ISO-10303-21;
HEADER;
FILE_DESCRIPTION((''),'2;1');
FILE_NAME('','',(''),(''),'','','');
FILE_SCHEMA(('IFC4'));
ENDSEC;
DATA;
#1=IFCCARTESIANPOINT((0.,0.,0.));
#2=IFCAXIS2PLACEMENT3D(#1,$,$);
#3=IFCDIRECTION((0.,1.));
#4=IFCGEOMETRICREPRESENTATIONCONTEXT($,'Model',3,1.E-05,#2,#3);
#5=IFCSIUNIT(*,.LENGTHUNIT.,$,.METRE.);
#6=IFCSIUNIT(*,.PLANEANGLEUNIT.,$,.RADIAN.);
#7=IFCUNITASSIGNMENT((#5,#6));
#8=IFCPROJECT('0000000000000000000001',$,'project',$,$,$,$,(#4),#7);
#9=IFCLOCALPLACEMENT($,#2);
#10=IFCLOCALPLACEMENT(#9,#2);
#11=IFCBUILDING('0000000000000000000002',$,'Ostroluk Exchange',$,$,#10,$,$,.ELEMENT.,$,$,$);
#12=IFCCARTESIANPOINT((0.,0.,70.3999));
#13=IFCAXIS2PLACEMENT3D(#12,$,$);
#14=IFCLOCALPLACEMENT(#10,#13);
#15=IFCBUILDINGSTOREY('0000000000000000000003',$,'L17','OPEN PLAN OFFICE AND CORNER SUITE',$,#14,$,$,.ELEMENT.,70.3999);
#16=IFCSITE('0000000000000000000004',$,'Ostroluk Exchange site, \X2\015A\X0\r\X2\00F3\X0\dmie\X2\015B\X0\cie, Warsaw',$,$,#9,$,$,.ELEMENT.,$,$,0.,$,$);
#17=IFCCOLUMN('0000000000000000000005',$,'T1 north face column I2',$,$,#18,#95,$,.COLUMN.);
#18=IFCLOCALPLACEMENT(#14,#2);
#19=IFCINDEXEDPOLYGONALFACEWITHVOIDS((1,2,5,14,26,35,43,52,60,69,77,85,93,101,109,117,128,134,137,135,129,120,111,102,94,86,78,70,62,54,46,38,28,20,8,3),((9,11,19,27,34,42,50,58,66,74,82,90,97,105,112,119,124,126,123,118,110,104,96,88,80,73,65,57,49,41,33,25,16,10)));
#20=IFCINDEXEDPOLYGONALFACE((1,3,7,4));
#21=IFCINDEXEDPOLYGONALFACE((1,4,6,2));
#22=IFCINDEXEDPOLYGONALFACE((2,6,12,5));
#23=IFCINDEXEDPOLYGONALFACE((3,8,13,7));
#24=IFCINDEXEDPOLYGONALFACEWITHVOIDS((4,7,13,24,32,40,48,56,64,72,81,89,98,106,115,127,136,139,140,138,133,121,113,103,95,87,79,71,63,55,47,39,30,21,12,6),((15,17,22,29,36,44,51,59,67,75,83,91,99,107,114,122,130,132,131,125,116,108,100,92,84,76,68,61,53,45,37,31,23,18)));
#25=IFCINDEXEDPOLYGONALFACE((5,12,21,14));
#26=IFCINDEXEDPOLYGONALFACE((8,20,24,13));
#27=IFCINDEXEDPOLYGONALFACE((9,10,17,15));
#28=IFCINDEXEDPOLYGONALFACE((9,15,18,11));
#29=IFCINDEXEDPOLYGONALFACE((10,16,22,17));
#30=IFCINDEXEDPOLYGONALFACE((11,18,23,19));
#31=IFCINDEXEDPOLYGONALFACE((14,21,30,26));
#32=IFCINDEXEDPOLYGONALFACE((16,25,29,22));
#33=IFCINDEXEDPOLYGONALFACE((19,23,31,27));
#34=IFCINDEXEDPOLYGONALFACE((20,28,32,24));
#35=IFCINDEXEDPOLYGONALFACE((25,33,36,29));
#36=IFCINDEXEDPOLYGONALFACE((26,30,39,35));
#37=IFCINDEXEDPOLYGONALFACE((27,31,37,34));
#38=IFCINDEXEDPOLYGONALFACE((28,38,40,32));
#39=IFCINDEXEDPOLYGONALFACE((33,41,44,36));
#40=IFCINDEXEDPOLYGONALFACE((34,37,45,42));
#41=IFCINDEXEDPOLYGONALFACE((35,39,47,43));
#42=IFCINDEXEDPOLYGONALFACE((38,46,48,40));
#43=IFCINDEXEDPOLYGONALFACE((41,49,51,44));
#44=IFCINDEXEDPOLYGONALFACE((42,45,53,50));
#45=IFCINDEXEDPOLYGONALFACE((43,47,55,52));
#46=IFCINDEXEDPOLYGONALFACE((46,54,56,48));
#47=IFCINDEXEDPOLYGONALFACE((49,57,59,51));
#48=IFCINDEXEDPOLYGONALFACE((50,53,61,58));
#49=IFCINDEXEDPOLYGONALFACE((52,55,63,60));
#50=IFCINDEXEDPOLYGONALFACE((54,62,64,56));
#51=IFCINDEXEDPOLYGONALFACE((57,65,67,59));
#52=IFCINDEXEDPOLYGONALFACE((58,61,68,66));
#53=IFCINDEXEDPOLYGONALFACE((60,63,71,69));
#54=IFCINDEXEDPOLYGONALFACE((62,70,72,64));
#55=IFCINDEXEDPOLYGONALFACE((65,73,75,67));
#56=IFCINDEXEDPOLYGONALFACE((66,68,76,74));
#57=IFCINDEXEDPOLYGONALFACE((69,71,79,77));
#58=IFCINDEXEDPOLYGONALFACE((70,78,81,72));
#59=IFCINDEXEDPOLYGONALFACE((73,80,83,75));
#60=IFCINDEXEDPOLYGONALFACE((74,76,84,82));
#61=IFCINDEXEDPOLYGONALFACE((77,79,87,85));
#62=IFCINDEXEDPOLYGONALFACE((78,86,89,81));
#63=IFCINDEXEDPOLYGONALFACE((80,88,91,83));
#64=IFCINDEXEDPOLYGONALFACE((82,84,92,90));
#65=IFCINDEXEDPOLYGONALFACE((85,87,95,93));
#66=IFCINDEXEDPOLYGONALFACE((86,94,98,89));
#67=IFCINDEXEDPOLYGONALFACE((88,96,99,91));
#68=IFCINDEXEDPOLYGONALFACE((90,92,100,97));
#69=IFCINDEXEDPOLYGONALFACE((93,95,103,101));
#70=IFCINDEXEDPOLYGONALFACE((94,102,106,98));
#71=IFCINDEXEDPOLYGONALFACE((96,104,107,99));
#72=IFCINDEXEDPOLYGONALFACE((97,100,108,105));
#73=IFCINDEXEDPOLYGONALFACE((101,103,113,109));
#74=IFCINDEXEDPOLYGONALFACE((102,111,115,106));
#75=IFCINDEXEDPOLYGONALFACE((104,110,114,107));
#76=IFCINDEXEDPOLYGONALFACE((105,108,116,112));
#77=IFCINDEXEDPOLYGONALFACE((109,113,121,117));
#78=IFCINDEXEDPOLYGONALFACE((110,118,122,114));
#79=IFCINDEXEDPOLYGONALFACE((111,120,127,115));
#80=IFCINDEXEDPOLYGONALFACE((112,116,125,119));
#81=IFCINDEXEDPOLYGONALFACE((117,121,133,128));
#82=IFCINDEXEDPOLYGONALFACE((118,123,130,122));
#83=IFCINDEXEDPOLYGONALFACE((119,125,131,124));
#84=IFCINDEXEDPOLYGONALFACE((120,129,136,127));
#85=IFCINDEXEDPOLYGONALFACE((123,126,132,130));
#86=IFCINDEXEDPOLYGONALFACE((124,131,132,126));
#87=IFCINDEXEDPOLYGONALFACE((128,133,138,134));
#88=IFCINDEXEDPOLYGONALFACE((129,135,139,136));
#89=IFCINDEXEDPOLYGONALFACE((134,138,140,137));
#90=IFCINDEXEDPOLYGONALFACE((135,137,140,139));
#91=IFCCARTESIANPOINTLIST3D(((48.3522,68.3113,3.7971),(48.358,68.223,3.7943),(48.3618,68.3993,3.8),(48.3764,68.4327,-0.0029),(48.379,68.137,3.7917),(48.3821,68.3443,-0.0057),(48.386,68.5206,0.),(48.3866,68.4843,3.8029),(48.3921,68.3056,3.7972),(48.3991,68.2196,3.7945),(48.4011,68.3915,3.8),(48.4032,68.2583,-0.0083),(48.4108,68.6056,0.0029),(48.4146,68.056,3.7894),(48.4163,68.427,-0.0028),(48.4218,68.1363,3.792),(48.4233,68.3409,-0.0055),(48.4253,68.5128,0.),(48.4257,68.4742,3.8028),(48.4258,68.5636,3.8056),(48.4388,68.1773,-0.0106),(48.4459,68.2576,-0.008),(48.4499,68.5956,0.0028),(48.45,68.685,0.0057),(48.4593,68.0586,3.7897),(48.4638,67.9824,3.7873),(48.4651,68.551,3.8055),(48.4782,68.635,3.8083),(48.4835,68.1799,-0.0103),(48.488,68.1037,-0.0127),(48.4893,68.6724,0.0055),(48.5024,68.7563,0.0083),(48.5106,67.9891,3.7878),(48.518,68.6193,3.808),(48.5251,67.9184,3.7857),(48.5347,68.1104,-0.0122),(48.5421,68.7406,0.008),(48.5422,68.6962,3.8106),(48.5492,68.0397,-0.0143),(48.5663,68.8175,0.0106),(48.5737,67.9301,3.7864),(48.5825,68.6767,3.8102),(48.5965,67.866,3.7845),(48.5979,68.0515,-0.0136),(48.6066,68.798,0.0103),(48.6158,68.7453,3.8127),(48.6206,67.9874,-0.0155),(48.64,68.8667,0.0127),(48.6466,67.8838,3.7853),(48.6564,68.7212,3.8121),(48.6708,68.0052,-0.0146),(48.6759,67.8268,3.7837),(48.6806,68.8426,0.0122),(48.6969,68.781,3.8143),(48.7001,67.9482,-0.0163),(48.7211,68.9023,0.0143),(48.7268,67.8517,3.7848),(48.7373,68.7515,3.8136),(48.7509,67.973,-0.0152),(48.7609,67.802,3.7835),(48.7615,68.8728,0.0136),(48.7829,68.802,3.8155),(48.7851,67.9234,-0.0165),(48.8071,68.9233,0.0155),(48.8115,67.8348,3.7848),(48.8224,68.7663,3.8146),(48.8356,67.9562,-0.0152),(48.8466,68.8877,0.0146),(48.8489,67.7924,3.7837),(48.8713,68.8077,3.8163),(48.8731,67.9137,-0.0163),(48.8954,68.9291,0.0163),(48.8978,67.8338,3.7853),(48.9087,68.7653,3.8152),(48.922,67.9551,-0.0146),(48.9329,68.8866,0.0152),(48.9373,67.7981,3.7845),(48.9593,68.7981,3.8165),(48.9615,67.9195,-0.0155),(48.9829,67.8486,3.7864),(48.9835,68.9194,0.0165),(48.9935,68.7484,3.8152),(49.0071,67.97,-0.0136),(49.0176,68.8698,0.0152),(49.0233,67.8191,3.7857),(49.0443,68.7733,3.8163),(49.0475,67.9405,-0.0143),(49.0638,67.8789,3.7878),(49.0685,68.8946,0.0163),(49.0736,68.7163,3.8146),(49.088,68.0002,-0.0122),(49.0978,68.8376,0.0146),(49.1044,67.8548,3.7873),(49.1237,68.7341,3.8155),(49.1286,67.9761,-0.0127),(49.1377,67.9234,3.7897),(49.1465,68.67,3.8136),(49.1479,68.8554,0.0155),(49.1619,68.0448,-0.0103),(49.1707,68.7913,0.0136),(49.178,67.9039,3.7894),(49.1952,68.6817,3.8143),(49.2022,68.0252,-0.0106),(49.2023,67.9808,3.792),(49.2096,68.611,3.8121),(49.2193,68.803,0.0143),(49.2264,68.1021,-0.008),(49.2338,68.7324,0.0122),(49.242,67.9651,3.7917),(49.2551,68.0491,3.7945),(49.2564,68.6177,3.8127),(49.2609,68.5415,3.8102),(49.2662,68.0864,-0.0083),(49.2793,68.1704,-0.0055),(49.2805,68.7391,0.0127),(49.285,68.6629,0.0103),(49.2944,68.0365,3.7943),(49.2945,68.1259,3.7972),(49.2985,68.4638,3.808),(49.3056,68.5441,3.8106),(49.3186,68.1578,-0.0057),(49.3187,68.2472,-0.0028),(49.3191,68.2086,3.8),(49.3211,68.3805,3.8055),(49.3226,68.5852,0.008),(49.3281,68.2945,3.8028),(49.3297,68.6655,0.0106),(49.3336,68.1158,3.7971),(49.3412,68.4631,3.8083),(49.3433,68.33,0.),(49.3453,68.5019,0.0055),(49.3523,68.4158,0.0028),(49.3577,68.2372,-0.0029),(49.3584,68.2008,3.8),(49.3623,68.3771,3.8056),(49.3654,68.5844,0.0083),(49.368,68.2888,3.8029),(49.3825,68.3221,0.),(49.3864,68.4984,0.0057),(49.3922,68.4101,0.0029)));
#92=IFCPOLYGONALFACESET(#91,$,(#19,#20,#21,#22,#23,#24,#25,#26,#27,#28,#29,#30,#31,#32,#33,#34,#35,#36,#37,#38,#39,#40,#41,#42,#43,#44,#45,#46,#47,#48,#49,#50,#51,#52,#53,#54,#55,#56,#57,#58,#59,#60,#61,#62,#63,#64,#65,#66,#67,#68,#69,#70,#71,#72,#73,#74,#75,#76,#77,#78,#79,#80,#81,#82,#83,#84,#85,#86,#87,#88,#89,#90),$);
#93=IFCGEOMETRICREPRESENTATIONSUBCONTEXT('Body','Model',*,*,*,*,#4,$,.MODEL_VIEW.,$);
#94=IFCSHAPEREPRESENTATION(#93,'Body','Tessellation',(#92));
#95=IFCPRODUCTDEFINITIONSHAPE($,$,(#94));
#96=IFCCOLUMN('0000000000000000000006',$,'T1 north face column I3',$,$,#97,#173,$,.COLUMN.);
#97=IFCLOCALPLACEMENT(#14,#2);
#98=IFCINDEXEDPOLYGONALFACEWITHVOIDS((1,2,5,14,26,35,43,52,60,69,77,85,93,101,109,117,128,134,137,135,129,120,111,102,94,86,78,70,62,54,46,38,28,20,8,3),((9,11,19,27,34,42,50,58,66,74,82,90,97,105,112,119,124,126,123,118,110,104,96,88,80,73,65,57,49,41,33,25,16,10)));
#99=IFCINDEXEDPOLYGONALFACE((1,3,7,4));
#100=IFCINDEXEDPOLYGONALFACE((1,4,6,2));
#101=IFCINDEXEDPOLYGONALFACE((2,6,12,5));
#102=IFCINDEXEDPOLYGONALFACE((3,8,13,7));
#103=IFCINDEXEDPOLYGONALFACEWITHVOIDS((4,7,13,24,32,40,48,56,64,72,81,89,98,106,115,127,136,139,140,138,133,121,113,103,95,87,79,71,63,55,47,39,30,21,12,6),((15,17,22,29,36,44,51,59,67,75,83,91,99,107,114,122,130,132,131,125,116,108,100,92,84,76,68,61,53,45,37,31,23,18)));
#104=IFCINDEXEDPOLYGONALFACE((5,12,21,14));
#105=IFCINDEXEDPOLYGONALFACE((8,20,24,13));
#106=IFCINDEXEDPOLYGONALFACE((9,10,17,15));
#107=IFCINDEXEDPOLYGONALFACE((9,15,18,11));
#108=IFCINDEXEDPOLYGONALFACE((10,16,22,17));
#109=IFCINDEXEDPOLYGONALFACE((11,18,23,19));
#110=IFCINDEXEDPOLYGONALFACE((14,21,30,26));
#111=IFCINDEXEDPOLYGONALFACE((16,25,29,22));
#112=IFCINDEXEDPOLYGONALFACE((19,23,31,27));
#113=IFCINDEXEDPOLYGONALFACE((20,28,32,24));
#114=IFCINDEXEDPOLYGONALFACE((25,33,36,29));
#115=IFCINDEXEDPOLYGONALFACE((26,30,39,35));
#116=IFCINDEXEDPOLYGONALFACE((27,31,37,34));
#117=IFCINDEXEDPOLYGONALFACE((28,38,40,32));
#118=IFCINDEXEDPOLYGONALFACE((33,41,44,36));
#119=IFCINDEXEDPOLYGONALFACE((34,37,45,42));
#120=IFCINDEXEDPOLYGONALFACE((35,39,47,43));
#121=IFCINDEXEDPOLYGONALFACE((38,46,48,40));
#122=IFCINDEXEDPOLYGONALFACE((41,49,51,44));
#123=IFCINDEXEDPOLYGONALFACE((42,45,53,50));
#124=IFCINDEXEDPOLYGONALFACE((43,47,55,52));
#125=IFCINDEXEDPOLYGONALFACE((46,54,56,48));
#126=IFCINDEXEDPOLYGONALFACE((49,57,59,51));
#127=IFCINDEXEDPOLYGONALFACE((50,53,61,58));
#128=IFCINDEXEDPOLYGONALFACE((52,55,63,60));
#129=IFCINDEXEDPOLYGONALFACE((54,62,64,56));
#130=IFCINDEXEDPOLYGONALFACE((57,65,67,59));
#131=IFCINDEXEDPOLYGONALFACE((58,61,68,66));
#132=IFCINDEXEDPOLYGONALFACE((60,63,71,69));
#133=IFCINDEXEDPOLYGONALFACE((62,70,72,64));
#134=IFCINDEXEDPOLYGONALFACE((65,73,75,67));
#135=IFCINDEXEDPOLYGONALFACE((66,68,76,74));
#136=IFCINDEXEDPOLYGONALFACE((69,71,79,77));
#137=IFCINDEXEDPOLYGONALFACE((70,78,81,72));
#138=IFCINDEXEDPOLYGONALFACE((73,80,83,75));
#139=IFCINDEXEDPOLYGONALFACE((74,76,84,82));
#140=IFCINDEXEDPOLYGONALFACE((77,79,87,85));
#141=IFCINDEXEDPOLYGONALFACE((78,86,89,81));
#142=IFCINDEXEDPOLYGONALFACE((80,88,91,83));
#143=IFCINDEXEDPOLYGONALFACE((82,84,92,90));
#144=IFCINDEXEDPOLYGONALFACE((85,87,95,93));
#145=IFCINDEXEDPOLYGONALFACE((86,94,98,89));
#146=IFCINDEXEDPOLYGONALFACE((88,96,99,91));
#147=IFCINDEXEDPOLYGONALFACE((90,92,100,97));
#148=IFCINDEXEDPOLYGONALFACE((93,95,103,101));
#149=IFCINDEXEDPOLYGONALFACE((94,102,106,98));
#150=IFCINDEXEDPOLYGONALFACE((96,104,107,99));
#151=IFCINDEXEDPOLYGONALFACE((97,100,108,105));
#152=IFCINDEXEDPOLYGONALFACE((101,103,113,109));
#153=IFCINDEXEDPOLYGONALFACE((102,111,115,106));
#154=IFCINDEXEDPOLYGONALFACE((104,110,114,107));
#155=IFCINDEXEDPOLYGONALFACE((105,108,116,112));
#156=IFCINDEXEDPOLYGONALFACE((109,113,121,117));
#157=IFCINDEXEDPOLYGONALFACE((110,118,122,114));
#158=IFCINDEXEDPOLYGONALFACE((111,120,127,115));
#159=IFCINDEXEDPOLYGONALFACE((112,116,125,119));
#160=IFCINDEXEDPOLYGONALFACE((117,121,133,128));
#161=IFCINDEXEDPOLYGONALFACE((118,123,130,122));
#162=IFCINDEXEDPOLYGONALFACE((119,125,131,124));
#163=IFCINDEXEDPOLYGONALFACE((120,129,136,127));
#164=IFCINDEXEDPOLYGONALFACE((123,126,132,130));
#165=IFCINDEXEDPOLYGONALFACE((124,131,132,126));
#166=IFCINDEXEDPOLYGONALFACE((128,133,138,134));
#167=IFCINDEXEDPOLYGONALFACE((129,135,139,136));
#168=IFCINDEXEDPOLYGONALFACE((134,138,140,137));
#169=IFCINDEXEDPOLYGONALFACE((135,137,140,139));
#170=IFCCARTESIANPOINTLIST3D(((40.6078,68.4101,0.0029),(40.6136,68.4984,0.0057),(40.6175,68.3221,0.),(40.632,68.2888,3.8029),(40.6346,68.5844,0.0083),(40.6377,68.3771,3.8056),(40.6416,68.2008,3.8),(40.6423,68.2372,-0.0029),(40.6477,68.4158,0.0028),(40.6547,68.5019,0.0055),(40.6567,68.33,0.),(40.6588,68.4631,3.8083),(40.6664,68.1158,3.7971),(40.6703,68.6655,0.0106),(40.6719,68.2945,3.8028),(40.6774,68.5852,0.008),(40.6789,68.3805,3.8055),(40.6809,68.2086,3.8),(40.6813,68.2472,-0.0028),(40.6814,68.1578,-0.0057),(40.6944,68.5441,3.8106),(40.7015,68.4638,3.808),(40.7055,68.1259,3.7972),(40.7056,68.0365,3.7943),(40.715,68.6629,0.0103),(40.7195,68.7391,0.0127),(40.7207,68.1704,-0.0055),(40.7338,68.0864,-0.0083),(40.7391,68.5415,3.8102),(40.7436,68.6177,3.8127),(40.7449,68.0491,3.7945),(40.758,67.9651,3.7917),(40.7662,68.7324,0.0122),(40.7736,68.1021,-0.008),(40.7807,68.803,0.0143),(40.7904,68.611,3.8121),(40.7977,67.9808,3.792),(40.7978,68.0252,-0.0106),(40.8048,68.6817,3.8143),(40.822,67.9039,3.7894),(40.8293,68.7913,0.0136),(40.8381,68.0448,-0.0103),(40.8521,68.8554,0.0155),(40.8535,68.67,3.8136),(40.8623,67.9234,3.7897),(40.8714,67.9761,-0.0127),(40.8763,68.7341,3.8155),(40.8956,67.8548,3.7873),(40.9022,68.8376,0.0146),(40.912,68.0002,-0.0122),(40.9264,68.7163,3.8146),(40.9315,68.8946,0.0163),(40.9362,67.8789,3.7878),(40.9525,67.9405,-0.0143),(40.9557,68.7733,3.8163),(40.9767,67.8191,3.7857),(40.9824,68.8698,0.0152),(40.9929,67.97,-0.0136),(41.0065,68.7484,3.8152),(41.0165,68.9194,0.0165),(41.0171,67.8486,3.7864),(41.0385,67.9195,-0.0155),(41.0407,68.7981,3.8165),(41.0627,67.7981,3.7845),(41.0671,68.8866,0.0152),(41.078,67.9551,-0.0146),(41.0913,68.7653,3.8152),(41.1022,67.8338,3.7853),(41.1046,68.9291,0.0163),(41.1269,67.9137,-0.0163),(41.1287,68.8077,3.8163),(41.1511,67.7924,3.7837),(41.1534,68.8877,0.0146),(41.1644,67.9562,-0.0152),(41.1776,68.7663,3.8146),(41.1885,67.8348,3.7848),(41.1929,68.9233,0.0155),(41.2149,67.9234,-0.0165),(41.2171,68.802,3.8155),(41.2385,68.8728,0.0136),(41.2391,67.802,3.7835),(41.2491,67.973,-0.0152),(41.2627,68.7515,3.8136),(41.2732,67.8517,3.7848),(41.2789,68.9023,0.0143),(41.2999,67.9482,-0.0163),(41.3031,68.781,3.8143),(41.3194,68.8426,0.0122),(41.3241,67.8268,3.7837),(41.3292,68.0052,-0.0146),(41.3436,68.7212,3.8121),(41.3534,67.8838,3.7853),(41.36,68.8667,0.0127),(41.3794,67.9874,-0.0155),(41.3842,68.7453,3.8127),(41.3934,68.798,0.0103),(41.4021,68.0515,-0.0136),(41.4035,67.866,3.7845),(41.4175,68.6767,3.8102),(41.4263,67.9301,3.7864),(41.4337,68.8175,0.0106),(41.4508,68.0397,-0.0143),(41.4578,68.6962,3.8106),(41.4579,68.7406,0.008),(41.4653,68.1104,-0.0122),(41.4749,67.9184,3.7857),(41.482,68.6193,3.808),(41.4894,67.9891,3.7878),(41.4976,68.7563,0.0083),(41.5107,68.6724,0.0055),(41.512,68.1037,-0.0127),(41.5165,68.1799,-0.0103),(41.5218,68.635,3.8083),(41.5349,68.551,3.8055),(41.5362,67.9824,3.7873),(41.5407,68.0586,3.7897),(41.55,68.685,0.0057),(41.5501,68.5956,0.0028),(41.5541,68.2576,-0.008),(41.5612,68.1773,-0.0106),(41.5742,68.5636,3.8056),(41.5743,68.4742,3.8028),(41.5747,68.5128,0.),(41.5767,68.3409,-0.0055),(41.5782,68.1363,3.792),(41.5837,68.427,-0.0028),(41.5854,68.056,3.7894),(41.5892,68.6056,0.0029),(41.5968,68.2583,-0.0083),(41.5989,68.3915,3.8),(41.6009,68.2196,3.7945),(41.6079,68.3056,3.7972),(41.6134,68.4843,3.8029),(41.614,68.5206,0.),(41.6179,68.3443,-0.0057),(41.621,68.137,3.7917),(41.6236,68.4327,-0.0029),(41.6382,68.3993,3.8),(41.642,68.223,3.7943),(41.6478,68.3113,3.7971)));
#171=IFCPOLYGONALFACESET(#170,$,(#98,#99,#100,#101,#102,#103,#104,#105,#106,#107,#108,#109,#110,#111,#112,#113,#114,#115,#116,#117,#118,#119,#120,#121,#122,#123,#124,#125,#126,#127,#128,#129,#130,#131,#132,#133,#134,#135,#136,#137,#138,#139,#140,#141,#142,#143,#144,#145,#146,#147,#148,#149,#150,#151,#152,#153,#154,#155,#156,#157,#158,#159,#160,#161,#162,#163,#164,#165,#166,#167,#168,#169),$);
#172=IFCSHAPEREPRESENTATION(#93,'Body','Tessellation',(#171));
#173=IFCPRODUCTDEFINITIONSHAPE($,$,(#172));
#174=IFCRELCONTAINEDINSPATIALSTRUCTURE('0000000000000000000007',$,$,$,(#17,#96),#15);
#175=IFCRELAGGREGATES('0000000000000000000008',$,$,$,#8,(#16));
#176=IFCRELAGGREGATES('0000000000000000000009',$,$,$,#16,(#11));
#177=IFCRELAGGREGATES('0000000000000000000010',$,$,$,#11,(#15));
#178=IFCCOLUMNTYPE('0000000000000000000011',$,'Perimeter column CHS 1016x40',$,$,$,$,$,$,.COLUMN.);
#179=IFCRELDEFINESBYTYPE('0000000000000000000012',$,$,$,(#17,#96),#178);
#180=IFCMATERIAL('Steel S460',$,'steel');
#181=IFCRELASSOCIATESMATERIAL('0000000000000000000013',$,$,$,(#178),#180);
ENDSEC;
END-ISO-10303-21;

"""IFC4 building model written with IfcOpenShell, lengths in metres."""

from ifc_helpers import new_model, si_unit, direction, frame, origin, origin_2d, place, context, subcontext, project, spatial, hollow_circle, extrude, material, material_profile, profile_set, type_object, element, save


model = new_model("IFC4")

# Units and contexts
model_context = context("Model", 3, precision=1e-05, world=origin(), true_north=direction((0.0, 1.0)))
body_context = subcontext(model_context, "Body", "Model", "MODEL_VIEW")
ifc_project = project(units=[si_unit("LENGTHUNIT", "METRE"), si_unit("PLANEANGLEUNIT", "RADIAN")], contexts=[model_context])

# Site, building, storey
site_placement = place(None, origin())
site = spatial("IfcSite", under=ifc_project, at=site_placement, Name="Ostroluk Exchange site, Śródmieście, Warsaw", CompositionType="ELEMENT", RefElevation=0.0)
building_placement = place(site_placement, origin())
building = spatial("IfcBuilding", under=site, at=building_placement, Name="Ostroluk Exchange", CompositionType="ELEMENT")
storey_placement = place(building_placement, frame((0.0, 0.0, 70.3999)))
storey = spatial("IfcBuildingStorey", under=building, at=storey_placement, Name="L17", Description="OPEN PLAN OFFICE AND CORNER SUITE", CompositionType="ELEMENT", Elevation=70.3999)

# Columns
ifc_material_1 = material(Name="Steel S460", Category="steel")
ifc_material_profile_1 = material_profile(ifc_material_1, hollow_circle(Radius=0.5081, WallThickness=0.04, at=origin_2d()), Name="CHS 1016x40")
ifc_profile_set_1 = profile_set([ifc_material_profile_1], Name="Steel S460")
column_type = type_object("IfcColumnType", Name="Perimeter column CHS 1016x40", PredefinedType="COLUMN", material=ifc_profile_set_1)
for number, where, z_axis, x_axis, name in (
    (1, (48.8843, 68.4214, 0.0), (-0.006357, -0.031914, 0.99947), (0.980732, -0.195357, 0.0), "T1 north face column I2"),
    (2, (41.1157, 68.4214, 0.0), (0.006357, -0.031914, 0.99947), (0.980732, 0.195357, 0.0), "T1 north face column I3"),
):
    element("IfcColumn", number, at=place(storey_placement, frame(where, z_axis=z_axis, x_axis=x_axis)), inside=storey, type_object=column_type, Name=name, PredefinedType="COLUMN", context=body_context, shape_type="SweptSolid", body=[
        extrude(hollow_circle(Radius=0.5081, WallThickness=0.04, at=origin_2d()), origin(), (0.0, 0.0, 1.0), 3.802),
    ])

save(model, "model.ifc")
